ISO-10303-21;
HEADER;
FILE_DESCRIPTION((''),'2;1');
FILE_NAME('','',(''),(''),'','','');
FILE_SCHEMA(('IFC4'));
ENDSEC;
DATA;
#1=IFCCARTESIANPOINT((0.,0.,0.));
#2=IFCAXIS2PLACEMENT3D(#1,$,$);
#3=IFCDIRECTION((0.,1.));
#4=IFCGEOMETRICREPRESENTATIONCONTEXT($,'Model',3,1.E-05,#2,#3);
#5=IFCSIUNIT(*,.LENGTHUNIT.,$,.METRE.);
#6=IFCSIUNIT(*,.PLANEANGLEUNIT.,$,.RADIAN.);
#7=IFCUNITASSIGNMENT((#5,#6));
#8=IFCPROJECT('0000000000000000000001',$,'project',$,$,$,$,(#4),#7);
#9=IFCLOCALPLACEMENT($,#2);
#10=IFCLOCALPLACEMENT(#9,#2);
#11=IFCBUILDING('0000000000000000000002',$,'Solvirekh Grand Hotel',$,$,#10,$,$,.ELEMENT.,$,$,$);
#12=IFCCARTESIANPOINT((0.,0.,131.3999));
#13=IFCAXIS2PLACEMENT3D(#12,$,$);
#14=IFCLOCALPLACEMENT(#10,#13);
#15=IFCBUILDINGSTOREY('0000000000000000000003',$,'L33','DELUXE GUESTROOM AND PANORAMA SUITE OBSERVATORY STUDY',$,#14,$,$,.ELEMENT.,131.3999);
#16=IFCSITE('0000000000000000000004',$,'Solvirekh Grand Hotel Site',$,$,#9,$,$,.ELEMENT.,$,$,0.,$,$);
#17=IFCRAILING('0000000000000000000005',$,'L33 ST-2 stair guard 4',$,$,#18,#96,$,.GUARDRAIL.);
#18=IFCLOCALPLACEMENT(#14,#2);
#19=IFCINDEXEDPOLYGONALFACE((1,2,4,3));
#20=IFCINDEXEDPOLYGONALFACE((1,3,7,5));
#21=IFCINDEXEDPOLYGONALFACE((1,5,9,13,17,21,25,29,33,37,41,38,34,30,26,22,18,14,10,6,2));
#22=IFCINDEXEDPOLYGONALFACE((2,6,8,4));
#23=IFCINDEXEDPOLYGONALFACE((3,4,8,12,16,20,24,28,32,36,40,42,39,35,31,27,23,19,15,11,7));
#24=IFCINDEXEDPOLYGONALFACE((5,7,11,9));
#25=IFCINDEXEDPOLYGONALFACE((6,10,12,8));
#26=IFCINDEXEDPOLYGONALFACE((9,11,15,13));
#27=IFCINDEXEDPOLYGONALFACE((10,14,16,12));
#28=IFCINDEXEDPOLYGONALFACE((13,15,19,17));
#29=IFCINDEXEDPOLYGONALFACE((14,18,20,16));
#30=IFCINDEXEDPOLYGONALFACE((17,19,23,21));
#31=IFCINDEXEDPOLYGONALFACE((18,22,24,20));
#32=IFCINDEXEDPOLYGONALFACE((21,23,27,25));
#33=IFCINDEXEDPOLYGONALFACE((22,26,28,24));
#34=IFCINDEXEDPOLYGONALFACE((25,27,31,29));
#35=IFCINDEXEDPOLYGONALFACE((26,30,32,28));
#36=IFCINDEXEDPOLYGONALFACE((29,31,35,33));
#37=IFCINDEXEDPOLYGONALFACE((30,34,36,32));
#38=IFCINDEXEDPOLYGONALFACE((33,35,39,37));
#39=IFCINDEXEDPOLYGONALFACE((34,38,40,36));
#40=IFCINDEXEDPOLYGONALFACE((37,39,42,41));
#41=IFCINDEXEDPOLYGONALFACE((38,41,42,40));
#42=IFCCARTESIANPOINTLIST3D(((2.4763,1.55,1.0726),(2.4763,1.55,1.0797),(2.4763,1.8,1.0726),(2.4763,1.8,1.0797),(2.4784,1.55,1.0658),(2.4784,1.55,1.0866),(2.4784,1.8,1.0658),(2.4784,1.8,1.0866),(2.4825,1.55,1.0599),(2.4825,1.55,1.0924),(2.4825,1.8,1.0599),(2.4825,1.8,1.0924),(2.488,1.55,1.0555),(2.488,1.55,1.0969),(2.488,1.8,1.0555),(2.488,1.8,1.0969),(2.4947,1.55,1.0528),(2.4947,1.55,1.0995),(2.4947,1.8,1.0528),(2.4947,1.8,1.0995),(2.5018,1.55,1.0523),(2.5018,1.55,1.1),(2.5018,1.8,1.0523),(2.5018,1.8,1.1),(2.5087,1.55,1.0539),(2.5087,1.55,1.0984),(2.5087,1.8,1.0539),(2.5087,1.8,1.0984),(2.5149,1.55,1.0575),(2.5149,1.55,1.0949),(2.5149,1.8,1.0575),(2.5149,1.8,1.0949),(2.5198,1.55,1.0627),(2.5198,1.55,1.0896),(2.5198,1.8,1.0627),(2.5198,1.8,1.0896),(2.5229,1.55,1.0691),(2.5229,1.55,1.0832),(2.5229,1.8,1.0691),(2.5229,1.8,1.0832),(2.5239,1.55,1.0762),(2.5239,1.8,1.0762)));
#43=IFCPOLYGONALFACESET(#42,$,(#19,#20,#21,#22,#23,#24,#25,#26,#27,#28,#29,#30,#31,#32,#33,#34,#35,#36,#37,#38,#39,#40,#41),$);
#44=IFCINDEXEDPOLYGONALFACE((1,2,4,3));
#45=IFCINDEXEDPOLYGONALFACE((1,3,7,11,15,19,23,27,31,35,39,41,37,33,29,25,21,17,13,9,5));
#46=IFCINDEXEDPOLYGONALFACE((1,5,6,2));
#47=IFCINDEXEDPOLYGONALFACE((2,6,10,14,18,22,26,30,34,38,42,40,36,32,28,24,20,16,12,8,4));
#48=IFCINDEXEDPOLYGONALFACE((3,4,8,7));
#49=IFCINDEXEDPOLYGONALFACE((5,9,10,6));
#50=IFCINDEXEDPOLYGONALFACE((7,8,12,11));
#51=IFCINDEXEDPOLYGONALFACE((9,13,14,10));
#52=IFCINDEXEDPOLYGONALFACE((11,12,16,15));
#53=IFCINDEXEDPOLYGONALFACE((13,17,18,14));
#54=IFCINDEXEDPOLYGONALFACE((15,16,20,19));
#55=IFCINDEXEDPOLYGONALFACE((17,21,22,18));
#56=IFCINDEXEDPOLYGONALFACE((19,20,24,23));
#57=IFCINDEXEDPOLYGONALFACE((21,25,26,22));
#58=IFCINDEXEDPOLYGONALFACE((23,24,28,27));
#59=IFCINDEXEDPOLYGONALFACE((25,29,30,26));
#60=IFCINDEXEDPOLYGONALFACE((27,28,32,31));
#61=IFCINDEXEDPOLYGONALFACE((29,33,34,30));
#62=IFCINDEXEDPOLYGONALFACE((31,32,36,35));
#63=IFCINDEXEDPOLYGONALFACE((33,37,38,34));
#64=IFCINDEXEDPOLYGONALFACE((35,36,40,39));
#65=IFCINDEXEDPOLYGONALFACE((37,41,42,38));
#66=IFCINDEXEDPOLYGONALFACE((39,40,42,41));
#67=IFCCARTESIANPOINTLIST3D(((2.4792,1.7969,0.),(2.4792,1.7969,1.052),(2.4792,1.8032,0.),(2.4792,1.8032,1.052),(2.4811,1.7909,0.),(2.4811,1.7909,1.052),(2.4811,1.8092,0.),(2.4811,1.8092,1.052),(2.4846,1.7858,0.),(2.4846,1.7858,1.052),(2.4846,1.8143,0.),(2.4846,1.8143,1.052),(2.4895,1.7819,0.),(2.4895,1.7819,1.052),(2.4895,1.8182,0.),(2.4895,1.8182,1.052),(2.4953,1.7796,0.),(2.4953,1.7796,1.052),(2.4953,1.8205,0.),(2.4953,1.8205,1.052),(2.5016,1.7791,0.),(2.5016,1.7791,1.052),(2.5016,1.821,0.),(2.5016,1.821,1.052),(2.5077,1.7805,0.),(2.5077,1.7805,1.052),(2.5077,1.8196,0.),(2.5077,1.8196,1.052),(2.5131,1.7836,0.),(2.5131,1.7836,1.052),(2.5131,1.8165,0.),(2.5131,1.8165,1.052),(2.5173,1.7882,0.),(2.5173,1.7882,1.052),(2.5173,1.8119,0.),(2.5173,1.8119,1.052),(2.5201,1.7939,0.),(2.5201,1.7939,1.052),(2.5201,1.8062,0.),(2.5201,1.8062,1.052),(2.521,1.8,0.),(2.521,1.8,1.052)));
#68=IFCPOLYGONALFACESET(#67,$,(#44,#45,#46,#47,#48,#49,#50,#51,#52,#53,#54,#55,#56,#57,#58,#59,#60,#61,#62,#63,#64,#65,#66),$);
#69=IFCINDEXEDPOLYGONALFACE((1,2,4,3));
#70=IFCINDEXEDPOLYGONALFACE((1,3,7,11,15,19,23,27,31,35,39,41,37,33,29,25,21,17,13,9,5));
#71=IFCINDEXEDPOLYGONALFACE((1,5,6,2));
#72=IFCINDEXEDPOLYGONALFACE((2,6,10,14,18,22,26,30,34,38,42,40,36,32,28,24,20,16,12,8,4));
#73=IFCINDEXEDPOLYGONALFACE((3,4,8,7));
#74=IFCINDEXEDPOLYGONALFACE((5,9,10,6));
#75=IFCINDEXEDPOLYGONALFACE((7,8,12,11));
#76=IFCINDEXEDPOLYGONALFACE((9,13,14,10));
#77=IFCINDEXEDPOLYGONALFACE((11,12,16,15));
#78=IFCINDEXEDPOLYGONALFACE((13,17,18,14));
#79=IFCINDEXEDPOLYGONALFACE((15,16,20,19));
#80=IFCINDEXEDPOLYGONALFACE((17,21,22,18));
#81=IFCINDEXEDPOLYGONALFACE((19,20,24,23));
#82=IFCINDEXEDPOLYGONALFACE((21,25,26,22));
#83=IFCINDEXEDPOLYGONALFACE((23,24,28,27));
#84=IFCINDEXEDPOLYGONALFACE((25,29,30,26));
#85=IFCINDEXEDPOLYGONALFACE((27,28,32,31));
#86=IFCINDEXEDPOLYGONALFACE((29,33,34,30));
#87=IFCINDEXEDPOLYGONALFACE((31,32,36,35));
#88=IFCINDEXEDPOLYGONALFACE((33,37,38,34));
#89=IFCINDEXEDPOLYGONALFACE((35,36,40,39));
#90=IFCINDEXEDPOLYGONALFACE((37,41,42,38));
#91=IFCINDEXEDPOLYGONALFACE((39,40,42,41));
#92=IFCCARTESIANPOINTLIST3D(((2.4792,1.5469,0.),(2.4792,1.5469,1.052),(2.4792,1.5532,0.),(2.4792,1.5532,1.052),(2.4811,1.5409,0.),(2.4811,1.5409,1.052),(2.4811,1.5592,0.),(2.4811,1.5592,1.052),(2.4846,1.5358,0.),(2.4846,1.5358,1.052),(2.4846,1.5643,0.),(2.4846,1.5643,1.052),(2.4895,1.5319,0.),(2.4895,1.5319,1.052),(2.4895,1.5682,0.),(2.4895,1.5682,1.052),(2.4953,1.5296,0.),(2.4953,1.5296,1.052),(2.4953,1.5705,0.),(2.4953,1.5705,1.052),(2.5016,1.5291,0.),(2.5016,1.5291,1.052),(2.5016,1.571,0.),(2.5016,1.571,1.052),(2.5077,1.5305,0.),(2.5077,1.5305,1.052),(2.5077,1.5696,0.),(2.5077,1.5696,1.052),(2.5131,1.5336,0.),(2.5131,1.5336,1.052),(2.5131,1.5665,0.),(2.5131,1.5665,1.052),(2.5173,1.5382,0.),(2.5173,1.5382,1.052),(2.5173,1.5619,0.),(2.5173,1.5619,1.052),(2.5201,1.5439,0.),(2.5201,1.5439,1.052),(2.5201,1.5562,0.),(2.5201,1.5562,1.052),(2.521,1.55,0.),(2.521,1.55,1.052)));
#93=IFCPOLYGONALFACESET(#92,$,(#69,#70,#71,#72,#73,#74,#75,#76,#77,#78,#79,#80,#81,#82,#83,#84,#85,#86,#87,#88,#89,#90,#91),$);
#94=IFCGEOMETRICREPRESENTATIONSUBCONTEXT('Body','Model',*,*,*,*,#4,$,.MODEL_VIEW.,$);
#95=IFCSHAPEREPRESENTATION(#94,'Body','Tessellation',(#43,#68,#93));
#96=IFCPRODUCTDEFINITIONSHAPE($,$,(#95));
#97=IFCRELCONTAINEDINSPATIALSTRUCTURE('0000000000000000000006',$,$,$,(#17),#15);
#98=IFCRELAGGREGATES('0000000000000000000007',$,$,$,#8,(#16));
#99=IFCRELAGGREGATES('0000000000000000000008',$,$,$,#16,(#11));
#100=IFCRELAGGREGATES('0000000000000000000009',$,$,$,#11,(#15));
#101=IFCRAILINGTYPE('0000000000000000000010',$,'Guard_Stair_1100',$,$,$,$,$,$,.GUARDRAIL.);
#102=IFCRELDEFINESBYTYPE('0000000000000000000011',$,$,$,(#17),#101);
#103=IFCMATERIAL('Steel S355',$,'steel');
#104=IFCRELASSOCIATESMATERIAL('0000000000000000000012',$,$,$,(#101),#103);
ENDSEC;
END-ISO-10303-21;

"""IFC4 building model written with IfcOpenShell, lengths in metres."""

from ifc_helpers import new_model, si_unit, direction, frame, origin, origin_2d, place, context, subcontext, project, spatial, circle, extrude, material, type_object, element, save


model = new_model("IFC4")

# Units and contexts
model_context = context("Model", 3, precision=1e-05, world=origin(), true_north=direction((0.0, 1.0)))
body_context = subcontext(model_context, "Body", "Model", "MODEL_VIEW")
ifc_project = project(units=[si_unit("LENGTHUNIT", "METRE"), si_unit("PLANEANGLEUNIT", "RADIAN")], contexts=[model_context])

# Site, building, storey
site_placement = place(None, origin())
site = spatial("IfcSite", under=ifc_project, at=site_placement, Name="Solvirekh Grand Hotel Site", CompositionType="ELEMENT", RefElevation=0.0)
building_placement = place(site_placement, origin())
building = spatial("IfcBuilding", under=site, at=building_placement, Name="Solvirekh Grand Hotel", CompositionType="ELEMENT")
storey_placement = place(building_placement, frame((0.0, 0.0, 131.3999)))
storey = spatial("IfcBuildingStorey", under=building, at=storey_placement, Name="L33", Description="DELUXE GUESTROOM AND PANORAMA SUITE OBSERVATORY STUDY", CompositionType="ELEMENT", Elevation=131.3999)

# Shared definitions
ifc_material_1 = material(Name="Steel S355", Category="steel")

# Railing
railing_type_1 = type_object("IfcRailingType", Name="Guard_Stair_1100", PredefinedType="GUARDRAIL", material=ifc_material_1)
railing_1_placement = place(storey_placement, frame((2.5, 1.8, 0.0)))
element("IfcRailing", 1, at=railing_1_placement, inside=storey, type_object=railing_type_1, Name="L33 ST-2 stair guard 4", PredefinedType="GUARDRAIL", context=body_context, shape_type="SweptSolid", body=[
    extrude(circle(Radius=0.0239, at=origin_2d()), frame((0.0, 0.0, 1.0762), z_axis=(0.0, -1.0, 0.0), x_axis=(1.0, 0.0, 0.0)), (0.0, 0.0, 1.0), 0.25),
    extrude(circle(Radius=0.021, at=origin_2d()), origin(), (0.0, 0.0, 1.0), 1.052),
    extrude(circle(Radius=0.021, at=origin_2d()), frame((0.0, -0.25, 0.0)), (0.0, 0.0, 1.0), 1.052),
])

save(model, "model.ifc")
